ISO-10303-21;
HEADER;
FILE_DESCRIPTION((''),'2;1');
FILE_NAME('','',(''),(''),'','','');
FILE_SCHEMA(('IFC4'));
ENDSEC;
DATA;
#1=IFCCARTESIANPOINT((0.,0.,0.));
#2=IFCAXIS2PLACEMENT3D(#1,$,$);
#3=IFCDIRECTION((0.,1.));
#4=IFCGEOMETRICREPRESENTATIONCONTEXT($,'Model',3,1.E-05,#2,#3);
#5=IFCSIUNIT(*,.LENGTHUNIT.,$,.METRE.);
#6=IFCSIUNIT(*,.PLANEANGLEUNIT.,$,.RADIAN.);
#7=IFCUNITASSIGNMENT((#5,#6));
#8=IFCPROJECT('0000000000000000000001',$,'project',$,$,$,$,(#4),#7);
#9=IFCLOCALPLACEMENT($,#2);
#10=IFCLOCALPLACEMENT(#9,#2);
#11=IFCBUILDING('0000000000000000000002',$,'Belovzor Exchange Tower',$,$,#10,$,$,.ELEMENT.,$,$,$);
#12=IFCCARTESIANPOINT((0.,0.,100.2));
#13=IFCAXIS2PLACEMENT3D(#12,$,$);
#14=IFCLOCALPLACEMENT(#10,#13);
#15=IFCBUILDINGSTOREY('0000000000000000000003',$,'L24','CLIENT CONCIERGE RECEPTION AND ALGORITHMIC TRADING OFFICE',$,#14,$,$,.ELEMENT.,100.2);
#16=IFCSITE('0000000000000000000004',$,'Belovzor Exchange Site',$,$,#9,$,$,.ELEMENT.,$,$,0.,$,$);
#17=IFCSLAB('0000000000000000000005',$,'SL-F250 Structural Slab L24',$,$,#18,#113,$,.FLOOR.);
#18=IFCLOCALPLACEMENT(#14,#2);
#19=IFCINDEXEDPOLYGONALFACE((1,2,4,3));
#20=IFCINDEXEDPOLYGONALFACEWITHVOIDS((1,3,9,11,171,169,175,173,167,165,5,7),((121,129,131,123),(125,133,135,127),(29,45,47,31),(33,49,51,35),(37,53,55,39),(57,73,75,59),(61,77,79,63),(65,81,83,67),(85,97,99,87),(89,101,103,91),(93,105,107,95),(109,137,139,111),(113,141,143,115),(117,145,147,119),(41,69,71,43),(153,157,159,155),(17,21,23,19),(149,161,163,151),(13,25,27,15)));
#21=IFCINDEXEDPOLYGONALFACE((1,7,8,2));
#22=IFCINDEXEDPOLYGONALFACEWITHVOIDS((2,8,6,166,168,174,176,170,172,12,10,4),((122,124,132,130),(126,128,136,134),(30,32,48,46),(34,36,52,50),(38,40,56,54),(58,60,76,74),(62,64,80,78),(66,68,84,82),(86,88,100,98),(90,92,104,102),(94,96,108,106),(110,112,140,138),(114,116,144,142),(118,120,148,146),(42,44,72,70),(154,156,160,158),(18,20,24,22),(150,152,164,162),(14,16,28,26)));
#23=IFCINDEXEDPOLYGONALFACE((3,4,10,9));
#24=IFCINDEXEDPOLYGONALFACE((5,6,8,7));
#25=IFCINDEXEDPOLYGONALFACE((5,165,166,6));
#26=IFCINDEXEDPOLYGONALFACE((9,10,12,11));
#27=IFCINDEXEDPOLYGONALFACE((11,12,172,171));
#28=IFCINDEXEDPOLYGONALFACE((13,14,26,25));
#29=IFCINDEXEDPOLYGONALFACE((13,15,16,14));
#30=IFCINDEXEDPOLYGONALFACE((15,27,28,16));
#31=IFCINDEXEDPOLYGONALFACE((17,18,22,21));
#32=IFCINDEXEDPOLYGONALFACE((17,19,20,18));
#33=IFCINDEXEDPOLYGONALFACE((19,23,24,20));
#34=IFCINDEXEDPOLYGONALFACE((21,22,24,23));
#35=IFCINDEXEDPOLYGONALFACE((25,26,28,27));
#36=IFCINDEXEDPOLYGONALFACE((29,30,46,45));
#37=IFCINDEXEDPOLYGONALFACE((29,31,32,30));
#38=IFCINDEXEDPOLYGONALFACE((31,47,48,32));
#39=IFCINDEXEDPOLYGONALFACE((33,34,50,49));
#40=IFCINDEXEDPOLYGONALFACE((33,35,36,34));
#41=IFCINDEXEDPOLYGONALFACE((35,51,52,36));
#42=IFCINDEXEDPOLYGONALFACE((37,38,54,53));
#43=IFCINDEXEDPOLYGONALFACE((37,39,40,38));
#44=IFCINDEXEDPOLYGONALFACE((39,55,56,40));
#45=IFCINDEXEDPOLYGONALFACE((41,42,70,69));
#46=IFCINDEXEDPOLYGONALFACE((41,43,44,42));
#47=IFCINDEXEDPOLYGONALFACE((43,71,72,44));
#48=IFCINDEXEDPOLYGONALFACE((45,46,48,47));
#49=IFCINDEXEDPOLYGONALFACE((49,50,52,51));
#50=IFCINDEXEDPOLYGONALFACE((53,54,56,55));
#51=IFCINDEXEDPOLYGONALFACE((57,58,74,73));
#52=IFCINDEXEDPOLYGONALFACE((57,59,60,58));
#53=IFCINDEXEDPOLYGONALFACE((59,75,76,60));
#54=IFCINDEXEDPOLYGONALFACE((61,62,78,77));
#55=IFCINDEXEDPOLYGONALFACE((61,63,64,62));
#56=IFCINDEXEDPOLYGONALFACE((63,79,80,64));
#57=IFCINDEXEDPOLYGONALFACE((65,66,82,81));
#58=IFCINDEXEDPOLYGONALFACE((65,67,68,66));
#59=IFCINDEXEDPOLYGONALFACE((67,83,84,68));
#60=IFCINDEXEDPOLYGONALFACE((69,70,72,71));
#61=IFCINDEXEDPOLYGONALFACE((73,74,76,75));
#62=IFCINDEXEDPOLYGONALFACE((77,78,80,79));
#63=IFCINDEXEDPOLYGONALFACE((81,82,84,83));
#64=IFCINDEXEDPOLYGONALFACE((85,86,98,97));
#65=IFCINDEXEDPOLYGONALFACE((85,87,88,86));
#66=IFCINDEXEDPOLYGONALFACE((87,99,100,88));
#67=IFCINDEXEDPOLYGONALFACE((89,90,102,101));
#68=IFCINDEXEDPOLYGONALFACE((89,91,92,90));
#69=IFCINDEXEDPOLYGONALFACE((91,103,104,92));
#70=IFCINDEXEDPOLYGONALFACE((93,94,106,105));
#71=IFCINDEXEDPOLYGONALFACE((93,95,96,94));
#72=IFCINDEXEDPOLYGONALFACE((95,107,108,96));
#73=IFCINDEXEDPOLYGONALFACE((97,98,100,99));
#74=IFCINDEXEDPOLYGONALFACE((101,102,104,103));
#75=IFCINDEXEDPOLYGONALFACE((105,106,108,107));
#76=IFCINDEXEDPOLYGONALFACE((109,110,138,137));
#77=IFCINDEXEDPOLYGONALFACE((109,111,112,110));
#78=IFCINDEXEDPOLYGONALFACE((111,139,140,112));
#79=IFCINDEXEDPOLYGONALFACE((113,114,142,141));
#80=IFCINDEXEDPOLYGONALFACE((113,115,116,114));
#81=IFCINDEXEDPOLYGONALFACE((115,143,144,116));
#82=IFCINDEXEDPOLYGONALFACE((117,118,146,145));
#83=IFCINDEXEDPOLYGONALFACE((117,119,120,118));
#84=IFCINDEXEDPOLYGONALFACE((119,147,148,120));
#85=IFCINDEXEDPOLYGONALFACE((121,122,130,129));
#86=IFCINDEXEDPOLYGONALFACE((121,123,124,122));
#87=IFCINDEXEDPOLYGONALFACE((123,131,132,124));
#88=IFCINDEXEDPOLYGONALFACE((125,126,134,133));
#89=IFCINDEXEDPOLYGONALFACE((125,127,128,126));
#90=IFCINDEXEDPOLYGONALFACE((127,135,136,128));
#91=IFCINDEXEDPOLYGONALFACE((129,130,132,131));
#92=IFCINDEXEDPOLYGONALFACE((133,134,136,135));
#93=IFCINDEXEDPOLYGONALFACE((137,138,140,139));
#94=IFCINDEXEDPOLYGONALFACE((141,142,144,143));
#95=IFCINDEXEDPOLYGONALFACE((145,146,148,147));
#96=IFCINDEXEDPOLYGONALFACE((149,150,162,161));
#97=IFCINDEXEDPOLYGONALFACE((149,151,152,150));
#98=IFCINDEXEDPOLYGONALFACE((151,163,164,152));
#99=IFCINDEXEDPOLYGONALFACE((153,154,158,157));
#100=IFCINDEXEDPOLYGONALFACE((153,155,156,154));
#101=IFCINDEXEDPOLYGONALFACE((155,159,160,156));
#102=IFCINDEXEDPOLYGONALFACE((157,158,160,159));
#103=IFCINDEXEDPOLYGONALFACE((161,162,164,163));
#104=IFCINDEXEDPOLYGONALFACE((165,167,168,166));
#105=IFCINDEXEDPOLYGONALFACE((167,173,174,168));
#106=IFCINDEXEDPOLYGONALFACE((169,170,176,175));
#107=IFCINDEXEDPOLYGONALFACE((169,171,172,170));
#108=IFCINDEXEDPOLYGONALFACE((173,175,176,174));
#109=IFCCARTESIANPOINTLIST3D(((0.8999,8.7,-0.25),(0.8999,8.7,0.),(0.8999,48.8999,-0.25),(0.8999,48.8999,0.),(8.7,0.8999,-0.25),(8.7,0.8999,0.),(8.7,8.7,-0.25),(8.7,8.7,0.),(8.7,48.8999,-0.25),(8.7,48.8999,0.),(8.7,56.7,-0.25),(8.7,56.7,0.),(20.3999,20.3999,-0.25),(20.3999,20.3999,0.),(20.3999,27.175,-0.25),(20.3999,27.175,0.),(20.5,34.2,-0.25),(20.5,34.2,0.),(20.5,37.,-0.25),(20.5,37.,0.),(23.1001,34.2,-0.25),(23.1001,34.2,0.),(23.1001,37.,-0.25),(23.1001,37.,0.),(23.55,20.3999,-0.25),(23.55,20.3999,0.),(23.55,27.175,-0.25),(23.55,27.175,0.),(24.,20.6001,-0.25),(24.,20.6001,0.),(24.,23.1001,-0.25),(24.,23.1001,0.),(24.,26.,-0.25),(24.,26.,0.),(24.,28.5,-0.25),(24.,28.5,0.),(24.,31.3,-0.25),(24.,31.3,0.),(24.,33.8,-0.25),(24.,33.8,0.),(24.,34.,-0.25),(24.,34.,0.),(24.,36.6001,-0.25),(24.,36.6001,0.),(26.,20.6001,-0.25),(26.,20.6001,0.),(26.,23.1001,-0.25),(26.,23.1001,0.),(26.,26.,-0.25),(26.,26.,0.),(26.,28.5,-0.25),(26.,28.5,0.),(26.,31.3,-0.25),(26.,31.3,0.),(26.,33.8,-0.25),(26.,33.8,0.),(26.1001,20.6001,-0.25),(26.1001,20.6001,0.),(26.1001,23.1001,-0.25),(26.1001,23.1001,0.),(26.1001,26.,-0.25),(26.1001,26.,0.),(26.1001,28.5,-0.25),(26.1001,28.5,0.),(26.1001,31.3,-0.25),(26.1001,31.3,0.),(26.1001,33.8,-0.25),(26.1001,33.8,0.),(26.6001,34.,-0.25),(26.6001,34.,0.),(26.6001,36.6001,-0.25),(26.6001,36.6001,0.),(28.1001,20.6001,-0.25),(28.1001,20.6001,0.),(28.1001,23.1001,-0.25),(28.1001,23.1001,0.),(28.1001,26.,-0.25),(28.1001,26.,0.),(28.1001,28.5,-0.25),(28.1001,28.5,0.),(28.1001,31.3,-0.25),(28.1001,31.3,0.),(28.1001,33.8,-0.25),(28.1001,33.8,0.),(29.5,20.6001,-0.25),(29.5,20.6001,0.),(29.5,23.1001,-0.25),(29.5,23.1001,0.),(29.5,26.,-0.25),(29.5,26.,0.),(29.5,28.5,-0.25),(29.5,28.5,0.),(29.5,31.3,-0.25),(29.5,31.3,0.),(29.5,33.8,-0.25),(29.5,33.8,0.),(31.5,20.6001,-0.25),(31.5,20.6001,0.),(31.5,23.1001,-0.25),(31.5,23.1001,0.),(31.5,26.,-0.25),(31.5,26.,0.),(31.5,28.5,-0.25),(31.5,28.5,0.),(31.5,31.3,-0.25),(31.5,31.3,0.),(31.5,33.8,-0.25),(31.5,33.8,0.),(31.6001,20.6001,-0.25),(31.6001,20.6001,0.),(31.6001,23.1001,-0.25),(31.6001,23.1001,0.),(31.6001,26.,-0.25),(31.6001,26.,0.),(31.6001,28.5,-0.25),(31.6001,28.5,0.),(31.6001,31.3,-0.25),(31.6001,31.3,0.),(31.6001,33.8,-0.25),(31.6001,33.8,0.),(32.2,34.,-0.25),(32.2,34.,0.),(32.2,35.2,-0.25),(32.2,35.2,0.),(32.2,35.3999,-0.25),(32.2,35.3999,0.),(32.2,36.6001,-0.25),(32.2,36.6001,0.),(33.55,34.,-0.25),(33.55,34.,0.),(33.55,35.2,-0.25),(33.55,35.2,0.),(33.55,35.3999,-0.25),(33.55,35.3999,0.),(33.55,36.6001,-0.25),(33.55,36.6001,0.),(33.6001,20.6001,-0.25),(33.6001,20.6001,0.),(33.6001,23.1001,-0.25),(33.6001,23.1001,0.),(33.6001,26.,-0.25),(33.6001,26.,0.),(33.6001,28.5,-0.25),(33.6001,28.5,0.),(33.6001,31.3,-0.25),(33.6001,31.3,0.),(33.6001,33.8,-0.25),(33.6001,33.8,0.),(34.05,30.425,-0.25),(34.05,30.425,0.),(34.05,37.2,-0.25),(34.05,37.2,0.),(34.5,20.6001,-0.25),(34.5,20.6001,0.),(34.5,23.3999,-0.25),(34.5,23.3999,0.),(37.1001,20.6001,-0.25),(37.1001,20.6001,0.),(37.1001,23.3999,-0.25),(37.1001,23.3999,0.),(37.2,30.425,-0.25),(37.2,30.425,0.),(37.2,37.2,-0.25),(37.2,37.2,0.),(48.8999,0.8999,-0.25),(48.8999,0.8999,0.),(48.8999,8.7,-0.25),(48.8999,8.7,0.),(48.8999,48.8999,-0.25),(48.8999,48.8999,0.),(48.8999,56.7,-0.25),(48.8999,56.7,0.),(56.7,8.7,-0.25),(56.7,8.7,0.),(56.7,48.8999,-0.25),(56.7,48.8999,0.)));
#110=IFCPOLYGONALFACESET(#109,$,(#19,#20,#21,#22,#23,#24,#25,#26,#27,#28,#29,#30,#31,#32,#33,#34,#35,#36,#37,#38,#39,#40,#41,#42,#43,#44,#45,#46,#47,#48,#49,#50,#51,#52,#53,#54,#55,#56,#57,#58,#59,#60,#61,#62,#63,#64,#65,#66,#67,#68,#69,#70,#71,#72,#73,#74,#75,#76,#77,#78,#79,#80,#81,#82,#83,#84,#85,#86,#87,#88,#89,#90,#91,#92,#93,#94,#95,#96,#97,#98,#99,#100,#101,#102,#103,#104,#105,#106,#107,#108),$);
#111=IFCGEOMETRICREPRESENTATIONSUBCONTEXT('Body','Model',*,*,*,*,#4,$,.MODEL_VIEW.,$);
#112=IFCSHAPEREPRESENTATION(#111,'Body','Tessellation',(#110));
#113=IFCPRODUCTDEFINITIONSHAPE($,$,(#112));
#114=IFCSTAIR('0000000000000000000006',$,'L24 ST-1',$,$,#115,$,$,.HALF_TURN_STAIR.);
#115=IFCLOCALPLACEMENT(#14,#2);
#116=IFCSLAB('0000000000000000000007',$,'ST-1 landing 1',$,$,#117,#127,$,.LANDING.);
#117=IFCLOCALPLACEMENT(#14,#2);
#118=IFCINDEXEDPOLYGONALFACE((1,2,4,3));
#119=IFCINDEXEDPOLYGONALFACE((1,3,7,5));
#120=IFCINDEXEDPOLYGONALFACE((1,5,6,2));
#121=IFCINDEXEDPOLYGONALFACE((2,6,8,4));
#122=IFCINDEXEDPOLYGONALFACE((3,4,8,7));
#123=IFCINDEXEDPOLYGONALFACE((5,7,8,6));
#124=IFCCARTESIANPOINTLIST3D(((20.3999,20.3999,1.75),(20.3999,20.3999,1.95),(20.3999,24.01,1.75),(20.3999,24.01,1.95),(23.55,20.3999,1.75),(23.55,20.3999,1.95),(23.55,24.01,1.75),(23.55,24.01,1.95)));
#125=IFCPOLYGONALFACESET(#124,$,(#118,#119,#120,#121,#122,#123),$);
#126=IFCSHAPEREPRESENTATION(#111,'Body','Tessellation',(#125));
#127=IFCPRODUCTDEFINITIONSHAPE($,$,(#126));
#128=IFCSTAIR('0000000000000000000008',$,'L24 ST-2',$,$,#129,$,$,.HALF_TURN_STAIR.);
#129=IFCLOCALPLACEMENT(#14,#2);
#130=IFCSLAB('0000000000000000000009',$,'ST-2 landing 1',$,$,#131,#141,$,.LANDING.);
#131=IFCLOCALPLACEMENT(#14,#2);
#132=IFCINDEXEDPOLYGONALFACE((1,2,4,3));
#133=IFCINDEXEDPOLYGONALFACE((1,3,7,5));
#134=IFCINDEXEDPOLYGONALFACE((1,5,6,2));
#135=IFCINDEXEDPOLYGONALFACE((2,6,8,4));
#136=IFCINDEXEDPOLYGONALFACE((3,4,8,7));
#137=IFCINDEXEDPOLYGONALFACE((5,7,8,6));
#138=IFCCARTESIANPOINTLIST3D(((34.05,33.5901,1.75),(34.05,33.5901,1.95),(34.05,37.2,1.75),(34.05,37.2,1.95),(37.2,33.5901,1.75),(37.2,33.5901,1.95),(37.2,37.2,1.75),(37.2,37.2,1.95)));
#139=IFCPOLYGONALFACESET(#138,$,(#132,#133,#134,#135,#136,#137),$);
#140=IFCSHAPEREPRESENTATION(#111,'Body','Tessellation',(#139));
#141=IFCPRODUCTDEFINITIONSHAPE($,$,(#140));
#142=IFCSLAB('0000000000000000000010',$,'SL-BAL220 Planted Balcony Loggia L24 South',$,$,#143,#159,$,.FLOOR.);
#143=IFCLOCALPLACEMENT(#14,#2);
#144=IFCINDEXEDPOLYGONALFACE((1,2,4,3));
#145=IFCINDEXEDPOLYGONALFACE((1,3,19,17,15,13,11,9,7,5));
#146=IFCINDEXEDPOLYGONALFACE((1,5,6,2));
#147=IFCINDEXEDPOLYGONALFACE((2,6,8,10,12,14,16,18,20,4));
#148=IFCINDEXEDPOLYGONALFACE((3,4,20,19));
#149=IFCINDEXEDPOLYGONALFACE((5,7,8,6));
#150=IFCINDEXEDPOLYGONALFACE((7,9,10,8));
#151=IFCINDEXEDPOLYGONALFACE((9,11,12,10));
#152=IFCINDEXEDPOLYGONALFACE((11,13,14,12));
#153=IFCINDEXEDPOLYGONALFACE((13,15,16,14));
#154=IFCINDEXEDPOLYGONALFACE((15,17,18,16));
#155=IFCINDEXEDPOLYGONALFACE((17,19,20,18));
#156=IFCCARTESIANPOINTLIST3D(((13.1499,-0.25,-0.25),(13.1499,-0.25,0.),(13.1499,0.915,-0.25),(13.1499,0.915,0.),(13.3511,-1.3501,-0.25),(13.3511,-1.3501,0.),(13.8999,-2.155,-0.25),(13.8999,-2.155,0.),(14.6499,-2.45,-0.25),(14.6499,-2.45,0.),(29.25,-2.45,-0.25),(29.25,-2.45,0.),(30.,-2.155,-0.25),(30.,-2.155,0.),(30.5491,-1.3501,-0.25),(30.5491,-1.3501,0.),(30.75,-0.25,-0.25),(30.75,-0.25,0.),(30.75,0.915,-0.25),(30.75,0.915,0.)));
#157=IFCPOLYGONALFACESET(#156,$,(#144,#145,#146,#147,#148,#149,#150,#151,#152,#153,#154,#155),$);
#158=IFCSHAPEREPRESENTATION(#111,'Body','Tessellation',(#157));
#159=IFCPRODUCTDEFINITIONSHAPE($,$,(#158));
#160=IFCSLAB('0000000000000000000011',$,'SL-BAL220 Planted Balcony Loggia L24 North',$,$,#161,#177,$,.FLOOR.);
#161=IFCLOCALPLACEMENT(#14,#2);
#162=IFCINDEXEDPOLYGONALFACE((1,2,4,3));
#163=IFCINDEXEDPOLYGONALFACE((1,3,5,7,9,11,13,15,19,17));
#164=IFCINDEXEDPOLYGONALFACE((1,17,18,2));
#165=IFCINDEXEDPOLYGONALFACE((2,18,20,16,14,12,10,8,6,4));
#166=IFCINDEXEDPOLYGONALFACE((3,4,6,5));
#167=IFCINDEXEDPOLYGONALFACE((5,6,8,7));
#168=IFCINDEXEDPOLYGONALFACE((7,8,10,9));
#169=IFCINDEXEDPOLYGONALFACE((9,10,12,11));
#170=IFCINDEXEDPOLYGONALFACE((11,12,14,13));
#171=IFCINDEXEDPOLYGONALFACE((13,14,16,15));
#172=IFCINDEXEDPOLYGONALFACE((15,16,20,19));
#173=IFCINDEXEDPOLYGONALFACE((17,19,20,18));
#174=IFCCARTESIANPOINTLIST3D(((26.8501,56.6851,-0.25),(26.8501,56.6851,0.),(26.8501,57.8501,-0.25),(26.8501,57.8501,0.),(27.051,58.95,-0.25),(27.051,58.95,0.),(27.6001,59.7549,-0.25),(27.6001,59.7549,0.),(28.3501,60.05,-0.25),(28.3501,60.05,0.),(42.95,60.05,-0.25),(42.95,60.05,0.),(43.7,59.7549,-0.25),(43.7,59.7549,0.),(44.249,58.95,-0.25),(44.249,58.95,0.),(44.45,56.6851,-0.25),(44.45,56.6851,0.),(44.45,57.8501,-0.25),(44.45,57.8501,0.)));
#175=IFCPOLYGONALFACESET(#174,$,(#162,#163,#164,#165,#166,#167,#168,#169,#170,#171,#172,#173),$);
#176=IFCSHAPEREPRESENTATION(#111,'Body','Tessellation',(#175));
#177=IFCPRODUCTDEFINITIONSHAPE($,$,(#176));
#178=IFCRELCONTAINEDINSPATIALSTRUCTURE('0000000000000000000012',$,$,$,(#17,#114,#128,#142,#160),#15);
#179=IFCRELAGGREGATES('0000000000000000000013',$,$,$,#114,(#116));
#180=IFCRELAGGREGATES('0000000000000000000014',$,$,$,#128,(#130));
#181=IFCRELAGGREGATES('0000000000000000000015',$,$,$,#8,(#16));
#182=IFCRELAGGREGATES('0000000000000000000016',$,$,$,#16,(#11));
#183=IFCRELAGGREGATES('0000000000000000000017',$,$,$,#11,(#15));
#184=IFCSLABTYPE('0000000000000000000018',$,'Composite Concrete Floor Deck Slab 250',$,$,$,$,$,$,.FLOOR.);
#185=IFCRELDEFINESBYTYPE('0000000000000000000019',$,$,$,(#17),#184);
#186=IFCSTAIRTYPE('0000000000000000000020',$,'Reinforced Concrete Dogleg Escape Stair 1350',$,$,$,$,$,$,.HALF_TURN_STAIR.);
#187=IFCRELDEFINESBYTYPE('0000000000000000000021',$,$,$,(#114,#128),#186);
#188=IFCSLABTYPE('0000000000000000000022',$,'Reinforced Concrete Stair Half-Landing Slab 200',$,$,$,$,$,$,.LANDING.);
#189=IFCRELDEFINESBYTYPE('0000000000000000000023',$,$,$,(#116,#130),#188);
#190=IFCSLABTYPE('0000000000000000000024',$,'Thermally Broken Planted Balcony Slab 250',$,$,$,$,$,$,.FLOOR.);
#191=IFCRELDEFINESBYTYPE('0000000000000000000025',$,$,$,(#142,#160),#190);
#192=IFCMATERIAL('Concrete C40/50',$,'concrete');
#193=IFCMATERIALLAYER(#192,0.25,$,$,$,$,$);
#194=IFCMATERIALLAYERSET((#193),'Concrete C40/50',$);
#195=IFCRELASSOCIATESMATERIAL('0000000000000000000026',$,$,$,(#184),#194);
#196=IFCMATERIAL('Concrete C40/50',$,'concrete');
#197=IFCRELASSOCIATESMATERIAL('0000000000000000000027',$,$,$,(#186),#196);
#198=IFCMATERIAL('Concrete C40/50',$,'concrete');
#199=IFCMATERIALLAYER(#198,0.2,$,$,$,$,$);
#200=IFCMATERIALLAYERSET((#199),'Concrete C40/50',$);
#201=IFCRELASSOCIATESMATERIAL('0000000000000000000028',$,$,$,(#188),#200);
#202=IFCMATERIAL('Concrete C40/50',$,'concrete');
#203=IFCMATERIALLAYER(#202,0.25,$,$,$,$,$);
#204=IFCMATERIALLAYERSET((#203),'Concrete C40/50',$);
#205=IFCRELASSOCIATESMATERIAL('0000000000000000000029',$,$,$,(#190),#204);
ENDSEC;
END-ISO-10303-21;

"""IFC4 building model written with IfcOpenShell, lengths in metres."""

from ifc_helpers import new_model, si_unit, direction, frame, origin, place, context, subcontext, project, spatial, polyline, outline, extrude, material, layer, layer_set, type_object, element, aggregate, save


model = new_model("IFC4")

# Units and contexts
model_context = context("Model", 3, precision=1e-05, world=origin(), true_north=direction((0.0, 1.0)))
body_context = subcontext(model_context, "Body", "Model", "MODEL_VIEW")
ifc_project = project(units=[si_unit("LENGTHUNIT", "METRE"), si_unit("PLANEANGLEUNIT", "RADIAN")], contexts=[model_context])

# Site, building, storey
site_placement = place(None, origin())
site = spatial("IfcSite", under=ifc_project, at=site_placement, Name="Belovzor Exchange Site", CompositionType="ELEMENT", RefElevation=0.0)
building_placement = place(site_placement, origin())
building = spatial("IfcBuilding", under=site, at=building_placement, Name="Belovzor Exchange Tower", CompositionType="ELEMENT")
storey_placement = place(building_placement, frame((0.0, 0.0, 100.2)))
storey = spatial("IfcBuildingStorey", under=building, at=storey_placement, Name="L24", Description="CLIENT CONCIERGE RECEPTION AND ALGORITHMIC TRADING OFFICE", CompositionType="ELEMENT", Elevation=100.2)

# Slab
ifc_material_1 = material(Name="Concrete C40/50", Category="concrete")
ifc_layer_1 = layer(ifc_material_1, 0.25)
ifc_layer_set_1 = layer_set([ifc_layer_1], Name="Concrete C40/50")
slab_type_1 = type_object("IfcSlabType", Name="Composite Concrete Floor Deck Slab 250", PredefinedType="FLOOR", material=ifc_layer_set_1)
slab_1_placement = place(storey_placement, frame((0.0, 0.0, -0.25)))
element("IfcSlab", 1, at=slab_1_placement, inside=storey, type_object=slab_type_1, Name="SL-F250 Structural Slab L24", PredefinedType="FLOOR", context=body_context, shape_type="SweptSolid", body=[
    extrude(outline(polyline([(8.7, 0.8999), (48.8999, 0.8999), (48.8999, 8.7), (56.7, 8.7), (56.7, 48.8999), (48.8999, 48.8999), (48.8999, 56.7), (8.7, 56.7), (8.7, 48.8999), (0.8999, 48.8999), (0.8999, 8.7), (8.7, 8.7), (8.7, 0.8999)]), holes=[polyline([(20.3999, 27.175), (20.3999, 20.3999), (23.55, 20.3999), (23.55, 27.175), (20.3999, 27.175)]), polyline([(37.2, 30.425), (37.2, 37.2), (34.05, 37.2), (34.05, 30.425), (37.2, 30.425)]), polyline([(20.5, 34.2), (23.1001, 34.2), (23.1001, 37.0), (20.5, 37.0), (20.5, 34.2)]), polyline([(34.5, 20.6001), (37.1001, 20.6001), (37.1001, 23.3999), (34.5, 23.3999), (34.5, 20.6001)]), polyline([(24.0, 34.0), (26.6001, 34.0), (26.6001, 36.6001), (24.0, 36.6001), (24.0, 34.0)]), polyline([(24.0, 20.6001), (26.0, 20.6001), (26.0, 23.1001), (24.0, 23.1001), (24.0, 20.6001)]), polyline([(26.1001, 20.6001), (28.1001, 20.6001), (28.1001, 23.1001), (26.1001, 23.1001), (26.1001, 20.6001)]), polyline([(29.5, 20.6001), (31.5, 20.6001), (31.5, 23.1001), (29.5, 23.1001), (29.5, 20.6001)]), polyline([(31.6001, 20.6001), (33.6001, 20.6001), (33.6001, 23.1001), (31.6001, 23.1001), (31.6001, 20.6001)]), polyline([(24.0, 26.0), (26.0, 26.0), (26.0, 28.5), (24.0, 28.5), (24.0, 26.0)]), polyline([(26.1001, 26.0), (28.1001, 26.0), (28.1001, 28.5), (26.1001, 28.5), (26.1001, 26.0)]), polyline([(29.5, 26.0), (31.5, 26.0), (31.5, 28.5), (29.5, 28.5), (29.5, 26.0)]), polyline([(31.6001, 26.0), (33.6001, 26.0), (33.6001, 28.5), (31.6001, 28.5), (31.6001, 26.0)]), polyline([(24.0, 31.3), (26.0, 31.3), (26.0, 33.8), (24.0, 33.8), (24.0, 31.3)]), polyline([(26.1001, 31.3), (28.1001, 31.3), (28.1001, 33.8), (26.1001, 33.8), (26.1001, 31.3)]), polyline([(29.5, 31.3), (31.5, 31.3), (31.5, 33.8), (29.5, 33.8), (29.5, 31.3)]), polyline([(31.6001, 31.3), (33.6001, 31.3), (33.6001, 33.8), (31.6001, 33.8), (31.6001, 31.3)]), polyline([(32.2, 34.0), (33.55, 34.0), (33.55, 35.2), (32.2, 35.2), (32.2, 34.0)]), polyline([(32.2, 35.3999), (33.55, 35.3999), (33.55, 36.6001), (32.2, 36.6001), (32.2, 35.3999)])]), origin(), (0.0, 0.0, 1.0), 0.25),
])

# Stairs, slabs
ifc_material_2 = material(Name="Concrete C40/50", Category="concrete")
stair_type = type_object("IfcStairType", Name="Reinforced Concrete Dogleg Escape Stair 1350", PredefinedType="HALF_TURN_STAIR", material=ifc_material_2)
stair_1_placement = place(storey_placement, origin())
stair_1 = element("IfcStair", 2, at=stair_1_placement, inside=storey, type_object=stair_type, Name="L24 ST-1", PredefinedType="HALF_TURN_STAIR")
ifc_material_3 = material(Name="Concrete C40/50", Category="concrete")
ifc_layer_2 = layer(ifc_material_3, 0.2)
ifc_layer_set_2 = layer_set([ifc_layer_2], Name="Concrete C40/50")
slab_type_2 = type_object("IfcSlabType", Name="Reinforced Concrete Stair Half-Landing Slab 200", PredefinedType="LANDING", material=ifc_layer_set_2)
slab_2_placement = place(storey_placement, frame((0.0, 0.0, 1.75)))
slab_2 = element("IfcSlab", 3, at=slab_2_placement, type_object=slab_type_2, Name="ST-1 landing 1", PredefinedType="LANDING", context=body_context, shape_type="SweptSolid", body=[
    extrude(outline(polyline([(20.3999, 24.01), (20.3999, 20.3999), (23.55, 20.3999), (23.55, 24.01), (20.3999, 24.01)])), origin(), (0.0, 0.0, 1.0), 0.2),
])
aggregate(stair_1, [slab_2])
stair_2_placement = place(storey_placement, origin())
stair_2 = element("IfcStair", 4, at=stair_2_placement, inside=storey, type_object=stair_type, Name="L24 ST-2", PredefinedType="HALF_TURN_STAIR")
slab_3_placement = place(storey_placement, frame((0.0, 0.0, 1.75)))
slab_3 = element("IfcSlab", 5, at=slab_3_placement, type_object=slab_type_2, Name="ST-2 landing 1", PredefinedType="LANDING", context=body_context, shape_type="SweptSolid", body=[
    extrude(outline(polyline([(37.2, 33.5901), (37.2, 37.2), (34.05, 37.2), (34.05, 33.5901), (37.2, 33.5901)])), origin(), (0.0, 0.0, 1.0), 0.2),
])
aggregate(stair_2, [slab_3])

# Slabs
ifc_material_4 = material(Name="Concrete C40/50", Category="concrete")
ifc_layer_3 = layer(ifc_material_4, 0.25)
ifc_layer_set_3 = layer_set([ifc_layer_3], Name="Concrete C40/50")
slab_type_3 = type_object("IfcSlabType", Name="Thermally Broken Planted Balcony Slab 250", PredefinedType="FLOOR", material=ifc_layer_set_3)
slab_4_placement = place(storey_placement, frame((0.0, 0.0, -0.25)))
element("IfcSlab", 6, at=slab_4_placement, inside=storey, type_object=slab_type_3, Name="SL-BAL220 Planted Balcony Loggia L24 South", PredefinedType="FLOOR", context=body_context, shape_type="SweptSolid", body=[
    extrude(outline(polyline([(13.1499, 0.915), (13.1499, -0.25), (13.3511, -1.3501), (13.8999, -2.155), (14.6499, -2.45), (29.25, -2.45), (30.0, -2.155), (30.5491, -1.3501), (30.75, -0.25), (30.75, 0.915), (13.1499, 0.915)])), origin(), (0.0, 0.0, 1.0), 0.25),
])
slab_5_placement = place(storey_placement, frame((0.0, 0.0, -0.25)))
element("IfcSlab", 7, at=slab_5_placement, inside=storey, type_object=slab_type_3, Name="SL-BAL220 Planted Balcony Loggia L24 North", PredefinedType="FLOOR", context=body_context, shape_type="SweptSolid", body=[
    extrude(outline(polyline([(44.45, 56.6851), (44.45, 57.8501), (44.249, 58.95), (43.7, 59.7549), (42.95, 60.05), (28.3501, 60.05), (27.6001, 59.7549), (27.051, 58.95), (26.8501, 57.8501), (26.8501, 56.6851), (44.45, 56.6851)])), origin(), (0.0, 0.0, 1.0), 0.25),
])

save(model, "model.ifc")
